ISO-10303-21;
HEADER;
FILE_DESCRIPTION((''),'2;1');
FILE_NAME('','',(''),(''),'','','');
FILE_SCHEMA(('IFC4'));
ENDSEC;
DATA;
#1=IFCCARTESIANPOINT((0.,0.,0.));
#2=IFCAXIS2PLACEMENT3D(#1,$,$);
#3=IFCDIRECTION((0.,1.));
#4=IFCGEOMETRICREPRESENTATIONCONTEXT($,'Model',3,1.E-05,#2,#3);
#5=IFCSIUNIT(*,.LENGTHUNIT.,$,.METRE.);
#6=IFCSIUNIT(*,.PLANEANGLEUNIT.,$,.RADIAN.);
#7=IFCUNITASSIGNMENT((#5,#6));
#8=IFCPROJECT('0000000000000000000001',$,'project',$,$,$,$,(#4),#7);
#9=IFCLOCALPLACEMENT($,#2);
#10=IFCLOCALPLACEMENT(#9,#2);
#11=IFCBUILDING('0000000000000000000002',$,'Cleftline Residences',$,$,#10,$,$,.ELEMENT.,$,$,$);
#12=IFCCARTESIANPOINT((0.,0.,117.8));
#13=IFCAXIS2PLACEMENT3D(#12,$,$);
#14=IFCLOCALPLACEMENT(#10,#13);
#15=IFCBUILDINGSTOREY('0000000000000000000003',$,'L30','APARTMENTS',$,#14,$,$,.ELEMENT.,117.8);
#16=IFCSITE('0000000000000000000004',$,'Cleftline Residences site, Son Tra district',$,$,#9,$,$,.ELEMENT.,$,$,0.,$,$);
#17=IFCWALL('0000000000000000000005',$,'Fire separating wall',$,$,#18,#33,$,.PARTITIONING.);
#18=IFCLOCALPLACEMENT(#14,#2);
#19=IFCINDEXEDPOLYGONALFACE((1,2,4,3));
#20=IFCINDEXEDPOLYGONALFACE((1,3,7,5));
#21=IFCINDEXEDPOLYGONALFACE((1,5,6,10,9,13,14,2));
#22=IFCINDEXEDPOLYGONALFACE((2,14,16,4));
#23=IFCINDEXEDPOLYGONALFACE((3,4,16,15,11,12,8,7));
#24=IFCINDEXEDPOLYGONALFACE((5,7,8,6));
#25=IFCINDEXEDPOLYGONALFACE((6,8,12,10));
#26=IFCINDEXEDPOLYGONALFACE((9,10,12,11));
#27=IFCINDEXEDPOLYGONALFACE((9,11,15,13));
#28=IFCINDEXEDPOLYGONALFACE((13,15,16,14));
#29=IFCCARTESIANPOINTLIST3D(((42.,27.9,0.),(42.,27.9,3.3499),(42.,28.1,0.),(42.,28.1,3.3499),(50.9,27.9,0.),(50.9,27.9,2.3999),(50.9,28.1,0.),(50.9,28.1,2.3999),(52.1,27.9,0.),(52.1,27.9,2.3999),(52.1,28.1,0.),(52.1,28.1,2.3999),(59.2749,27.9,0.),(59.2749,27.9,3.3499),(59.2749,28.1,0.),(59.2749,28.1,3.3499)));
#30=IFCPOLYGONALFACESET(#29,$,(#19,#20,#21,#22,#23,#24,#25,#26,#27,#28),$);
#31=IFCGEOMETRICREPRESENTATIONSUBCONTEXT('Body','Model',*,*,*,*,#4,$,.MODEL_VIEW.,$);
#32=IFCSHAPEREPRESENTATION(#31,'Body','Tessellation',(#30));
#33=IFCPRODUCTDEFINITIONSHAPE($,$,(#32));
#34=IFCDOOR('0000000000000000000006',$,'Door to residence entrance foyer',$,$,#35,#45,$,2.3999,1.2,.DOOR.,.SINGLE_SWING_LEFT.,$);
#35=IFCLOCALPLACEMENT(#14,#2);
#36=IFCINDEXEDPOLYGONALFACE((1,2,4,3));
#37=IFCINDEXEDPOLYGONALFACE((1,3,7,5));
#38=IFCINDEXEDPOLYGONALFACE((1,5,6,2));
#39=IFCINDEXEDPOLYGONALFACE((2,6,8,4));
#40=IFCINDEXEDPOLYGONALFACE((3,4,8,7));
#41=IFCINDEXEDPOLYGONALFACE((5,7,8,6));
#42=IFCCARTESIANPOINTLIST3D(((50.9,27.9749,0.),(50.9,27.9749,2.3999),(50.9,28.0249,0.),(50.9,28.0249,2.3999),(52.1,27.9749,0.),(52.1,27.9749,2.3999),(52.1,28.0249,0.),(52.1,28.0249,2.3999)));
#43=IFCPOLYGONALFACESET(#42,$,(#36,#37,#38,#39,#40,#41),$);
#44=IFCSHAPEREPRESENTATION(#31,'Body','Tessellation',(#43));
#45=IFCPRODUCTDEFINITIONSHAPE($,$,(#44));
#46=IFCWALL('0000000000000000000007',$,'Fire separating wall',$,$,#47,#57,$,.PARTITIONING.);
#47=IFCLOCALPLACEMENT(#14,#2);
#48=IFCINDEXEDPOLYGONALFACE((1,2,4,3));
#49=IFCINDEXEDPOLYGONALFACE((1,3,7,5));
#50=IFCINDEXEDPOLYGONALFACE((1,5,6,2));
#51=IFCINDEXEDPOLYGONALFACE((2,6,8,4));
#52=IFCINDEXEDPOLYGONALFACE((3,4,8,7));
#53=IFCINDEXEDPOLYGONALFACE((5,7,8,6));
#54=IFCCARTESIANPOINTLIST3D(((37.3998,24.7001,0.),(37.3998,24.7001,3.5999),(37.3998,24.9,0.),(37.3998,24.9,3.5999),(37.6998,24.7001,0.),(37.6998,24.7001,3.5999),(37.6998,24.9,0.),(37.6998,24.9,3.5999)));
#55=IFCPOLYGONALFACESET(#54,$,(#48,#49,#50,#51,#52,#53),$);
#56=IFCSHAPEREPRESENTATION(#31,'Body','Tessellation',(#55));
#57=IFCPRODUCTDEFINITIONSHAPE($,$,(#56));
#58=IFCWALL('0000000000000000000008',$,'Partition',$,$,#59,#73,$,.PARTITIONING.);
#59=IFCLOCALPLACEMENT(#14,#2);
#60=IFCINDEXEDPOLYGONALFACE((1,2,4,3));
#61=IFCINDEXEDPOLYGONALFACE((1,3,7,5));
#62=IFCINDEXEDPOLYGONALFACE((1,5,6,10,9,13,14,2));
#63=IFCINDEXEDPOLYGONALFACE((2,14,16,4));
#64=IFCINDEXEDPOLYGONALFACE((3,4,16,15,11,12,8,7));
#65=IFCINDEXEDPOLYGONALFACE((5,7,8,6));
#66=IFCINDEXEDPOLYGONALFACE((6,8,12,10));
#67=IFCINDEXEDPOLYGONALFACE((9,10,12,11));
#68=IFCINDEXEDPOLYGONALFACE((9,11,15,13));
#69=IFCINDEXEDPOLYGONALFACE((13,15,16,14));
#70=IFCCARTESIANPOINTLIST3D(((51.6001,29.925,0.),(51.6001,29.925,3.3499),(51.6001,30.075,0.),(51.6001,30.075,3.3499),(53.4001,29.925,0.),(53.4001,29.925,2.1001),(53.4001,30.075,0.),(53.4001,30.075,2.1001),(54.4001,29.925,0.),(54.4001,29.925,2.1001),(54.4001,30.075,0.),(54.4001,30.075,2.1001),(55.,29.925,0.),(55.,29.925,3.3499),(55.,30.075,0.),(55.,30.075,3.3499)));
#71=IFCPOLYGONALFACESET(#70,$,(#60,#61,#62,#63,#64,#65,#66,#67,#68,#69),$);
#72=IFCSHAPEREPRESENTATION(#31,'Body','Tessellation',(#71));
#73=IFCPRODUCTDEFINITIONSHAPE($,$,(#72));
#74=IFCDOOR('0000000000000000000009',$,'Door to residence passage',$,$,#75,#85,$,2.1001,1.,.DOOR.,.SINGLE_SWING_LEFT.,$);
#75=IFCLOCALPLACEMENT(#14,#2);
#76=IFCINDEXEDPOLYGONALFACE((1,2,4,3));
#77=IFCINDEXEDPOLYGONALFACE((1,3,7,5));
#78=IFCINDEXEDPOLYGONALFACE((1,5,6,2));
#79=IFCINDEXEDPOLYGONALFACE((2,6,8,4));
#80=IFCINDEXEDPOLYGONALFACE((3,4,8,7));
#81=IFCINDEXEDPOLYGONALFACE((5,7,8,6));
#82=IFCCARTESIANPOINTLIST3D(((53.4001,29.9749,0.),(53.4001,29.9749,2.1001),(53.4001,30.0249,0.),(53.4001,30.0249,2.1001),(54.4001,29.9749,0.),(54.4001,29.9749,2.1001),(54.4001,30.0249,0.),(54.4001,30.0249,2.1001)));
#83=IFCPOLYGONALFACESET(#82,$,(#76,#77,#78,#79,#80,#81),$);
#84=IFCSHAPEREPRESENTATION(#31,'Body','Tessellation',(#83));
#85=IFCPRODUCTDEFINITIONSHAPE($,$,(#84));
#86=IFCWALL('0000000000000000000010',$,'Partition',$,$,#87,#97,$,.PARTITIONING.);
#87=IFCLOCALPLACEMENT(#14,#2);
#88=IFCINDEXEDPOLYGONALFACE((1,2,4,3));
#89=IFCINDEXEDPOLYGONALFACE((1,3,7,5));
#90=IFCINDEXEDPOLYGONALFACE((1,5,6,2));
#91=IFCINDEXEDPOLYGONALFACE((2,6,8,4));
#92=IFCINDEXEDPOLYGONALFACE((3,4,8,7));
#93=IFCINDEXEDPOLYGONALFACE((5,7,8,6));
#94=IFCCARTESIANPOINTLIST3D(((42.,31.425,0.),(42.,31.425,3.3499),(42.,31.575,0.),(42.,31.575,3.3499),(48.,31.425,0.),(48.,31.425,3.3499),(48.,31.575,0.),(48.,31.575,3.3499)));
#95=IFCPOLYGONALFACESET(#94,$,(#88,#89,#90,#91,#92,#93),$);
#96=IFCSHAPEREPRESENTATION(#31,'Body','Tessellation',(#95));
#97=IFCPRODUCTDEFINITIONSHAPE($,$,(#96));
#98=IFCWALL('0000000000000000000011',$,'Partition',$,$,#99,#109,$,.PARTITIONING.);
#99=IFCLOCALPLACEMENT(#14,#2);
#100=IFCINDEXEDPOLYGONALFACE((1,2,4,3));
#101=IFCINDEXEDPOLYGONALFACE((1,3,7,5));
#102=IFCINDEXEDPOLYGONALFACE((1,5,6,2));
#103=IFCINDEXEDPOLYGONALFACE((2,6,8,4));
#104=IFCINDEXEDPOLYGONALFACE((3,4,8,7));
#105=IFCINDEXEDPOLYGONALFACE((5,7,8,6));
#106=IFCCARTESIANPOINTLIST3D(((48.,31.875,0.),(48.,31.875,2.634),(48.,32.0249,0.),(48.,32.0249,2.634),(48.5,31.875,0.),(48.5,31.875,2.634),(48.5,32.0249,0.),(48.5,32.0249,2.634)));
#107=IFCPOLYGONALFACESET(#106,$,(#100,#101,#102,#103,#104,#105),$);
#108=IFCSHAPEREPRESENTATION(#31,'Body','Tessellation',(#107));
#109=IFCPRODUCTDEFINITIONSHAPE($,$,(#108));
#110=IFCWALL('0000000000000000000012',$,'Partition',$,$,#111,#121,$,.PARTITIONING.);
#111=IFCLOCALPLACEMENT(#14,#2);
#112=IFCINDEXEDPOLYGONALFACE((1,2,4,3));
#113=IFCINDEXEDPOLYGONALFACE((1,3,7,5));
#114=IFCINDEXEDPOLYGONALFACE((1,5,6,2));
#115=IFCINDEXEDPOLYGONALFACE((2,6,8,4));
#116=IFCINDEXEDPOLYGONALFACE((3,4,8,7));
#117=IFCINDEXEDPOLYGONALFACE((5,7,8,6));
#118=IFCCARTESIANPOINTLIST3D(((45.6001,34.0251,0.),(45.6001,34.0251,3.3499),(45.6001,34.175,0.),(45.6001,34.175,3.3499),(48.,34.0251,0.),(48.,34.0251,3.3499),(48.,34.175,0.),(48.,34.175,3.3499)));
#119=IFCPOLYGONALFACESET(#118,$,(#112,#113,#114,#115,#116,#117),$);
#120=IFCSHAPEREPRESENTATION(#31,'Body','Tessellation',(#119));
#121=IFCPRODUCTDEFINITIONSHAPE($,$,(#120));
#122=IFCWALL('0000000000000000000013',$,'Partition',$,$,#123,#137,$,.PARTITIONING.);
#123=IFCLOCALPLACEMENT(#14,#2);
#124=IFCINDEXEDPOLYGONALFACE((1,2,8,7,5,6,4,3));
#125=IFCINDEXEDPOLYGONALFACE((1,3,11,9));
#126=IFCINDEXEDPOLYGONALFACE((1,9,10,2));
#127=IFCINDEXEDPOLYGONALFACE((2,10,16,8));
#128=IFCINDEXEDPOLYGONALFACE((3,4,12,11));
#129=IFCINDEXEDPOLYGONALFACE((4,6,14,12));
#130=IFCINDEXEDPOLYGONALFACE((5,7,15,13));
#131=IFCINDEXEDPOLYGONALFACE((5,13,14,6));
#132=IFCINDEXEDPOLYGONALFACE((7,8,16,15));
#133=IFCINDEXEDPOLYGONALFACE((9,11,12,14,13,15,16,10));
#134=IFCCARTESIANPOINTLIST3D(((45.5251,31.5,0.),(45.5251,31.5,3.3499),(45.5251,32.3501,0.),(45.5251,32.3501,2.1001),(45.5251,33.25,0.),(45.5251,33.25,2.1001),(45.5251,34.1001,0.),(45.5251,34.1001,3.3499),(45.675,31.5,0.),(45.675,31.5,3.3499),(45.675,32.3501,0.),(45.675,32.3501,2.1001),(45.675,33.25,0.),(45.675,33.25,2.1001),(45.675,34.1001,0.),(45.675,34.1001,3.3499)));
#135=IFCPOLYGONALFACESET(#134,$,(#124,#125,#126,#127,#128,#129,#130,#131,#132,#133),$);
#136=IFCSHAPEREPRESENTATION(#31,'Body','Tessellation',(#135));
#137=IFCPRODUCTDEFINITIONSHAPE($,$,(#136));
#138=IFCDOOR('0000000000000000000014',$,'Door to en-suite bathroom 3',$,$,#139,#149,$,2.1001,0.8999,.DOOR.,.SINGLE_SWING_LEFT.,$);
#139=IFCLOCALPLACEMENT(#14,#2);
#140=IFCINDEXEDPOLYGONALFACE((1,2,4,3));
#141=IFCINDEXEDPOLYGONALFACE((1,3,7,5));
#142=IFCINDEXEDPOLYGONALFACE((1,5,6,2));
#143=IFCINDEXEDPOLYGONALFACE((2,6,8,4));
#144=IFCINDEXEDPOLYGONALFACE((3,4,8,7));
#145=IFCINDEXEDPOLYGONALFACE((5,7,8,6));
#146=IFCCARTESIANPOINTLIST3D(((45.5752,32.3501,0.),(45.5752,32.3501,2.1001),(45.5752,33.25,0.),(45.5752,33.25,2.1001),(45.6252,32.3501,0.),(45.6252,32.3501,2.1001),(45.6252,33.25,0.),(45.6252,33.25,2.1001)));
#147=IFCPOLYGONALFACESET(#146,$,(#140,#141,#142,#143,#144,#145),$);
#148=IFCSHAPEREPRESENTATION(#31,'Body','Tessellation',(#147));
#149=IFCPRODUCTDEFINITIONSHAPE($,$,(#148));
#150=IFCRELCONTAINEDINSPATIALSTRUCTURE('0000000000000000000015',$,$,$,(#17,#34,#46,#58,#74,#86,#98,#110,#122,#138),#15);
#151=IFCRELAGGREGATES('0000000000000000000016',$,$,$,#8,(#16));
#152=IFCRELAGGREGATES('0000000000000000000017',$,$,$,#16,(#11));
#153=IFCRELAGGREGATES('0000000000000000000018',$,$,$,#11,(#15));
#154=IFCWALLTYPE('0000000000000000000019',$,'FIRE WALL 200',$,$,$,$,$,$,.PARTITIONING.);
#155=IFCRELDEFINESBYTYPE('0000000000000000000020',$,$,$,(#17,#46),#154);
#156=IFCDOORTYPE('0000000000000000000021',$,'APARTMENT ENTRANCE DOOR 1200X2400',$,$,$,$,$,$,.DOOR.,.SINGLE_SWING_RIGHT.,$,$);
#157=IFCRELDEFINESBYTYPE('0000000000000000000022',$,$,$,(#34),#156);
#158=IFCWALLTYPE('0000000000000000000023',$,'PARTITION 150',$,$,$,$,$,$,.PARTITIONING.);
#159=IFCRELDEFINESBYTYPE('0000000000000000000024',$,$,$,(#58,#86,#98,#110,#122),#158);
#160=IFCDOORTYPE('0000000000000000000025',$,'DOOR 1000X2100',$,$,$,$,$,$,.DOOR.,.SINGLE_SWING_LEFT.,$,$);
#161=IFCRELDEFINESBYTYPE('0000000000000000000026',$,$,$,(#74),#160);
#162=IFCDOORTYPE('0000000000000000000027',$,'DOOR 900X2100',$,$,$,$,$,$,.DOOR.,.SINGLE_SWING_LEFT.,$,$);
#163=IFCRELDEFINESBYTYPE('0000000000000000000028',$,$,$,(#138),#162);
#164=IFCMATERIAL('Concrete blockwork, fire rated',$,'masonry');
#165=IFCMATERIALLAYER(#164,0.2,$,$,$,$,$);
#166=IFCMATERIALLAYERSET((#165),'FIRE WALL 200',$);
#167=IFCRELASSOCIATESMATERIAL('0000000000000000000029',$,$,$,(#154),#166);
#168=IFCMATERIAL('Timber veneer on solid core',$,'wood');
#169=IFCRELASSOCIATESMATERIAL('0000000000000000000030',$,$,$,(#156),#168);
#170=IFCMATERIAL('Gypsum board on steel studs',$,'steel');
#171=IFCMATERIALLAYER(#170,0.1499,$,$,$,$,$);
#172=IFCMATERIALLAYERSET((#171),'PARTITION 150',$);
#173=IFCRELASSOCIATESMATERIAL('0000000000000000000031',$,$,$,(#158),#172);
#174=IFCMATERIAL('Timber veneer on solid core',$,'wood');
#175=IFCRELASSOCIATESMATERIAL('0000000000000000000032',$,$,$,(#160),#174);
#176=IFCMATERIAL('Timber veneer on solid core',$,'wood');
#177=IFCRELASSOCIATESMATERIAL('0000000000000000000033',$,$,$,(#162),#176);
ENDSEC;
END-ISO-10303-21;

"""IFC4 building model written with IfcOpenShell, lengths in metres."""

from ifc_helpers import new_model, si_unit, direction, frame, frame_2d, origin, place, context, subcontext, project, spatial, rectangle, extrude, material, layer, layer_set, type_object, element, fill, save


model = new_model("IFC4")

# Units and contexts
model_context = context("Model", 3, precision=1e-05, world=origin(), true_north=direction((0.0, 1.0)))
body_context = subcontext(model_context, "Body", "Model", "MODEL_VIEW")
ifc_project = project(units=[si_unit("LENGTHUNIT", "METRE"), si_unit("PLANEANGLEUNIT", "RADIAN")], contexts=[model_context])

# Site, building, storey
site_placement = place(None, origin())
site = spatial("IfcSite", under=ifc_project, at=site_placement, Name="Cleftline Residences site, Son Tra district", CompositionType="ELEMENT", RefElevation=0.0)
building_placement = place(site_placement, origin())
building = spatial("IfcBuilding", under=site, at=building_placement, Name="Cleftline Residences", CompositionType="ELEMENT")
storey_placement = place(building_placement, frame((0.0, 0.0, 117.8)))
storey = spatial("IfcBuildingStorey", under=building, at=storey_placement, Name="L30", Description="APARTMENTS", CompositionType="ELEMENT", Elevation=117.8)

# Wall, opening, door
ifc_material_1 = material(Name="Concrete blockwork, fire rated", Category="masonry")
ifc_layer_1 = layer(ifc_material_1, 0.2)
ifc_layer_set_1 = layer_set([ifc_layer_1], Name="FIRE WALL 200")
wall_type_1 = type_object("IfcWallType", Name="FIRE WALL 200", PredefinedType="PARTITIONING", material=ifc_layer_set_1)
wall_1_placement = place(storey_placement, frame((42.0, 28.0, 0.0), z_axis=(0.0, 0.0, 1.0), x_axis=(1.0, 0.0, 0.0)))
wall_1 = element("IfcWall", 1, at=wall_1_placement, inside=storey, type_object=wall_type_1, Name="Fire separating wall", PredefinedType="PARTITIONING", context=body_context, shape_type="SweptSolid", body=[
    extrude(rectangle(XDim=17.2749, YDim=0.2, at=frame_2d((8.6375, 0.0))), origin(), (0.0, 0.0, 1.0), 3.3499),
])
opening_1_placement = place(wall_1_placement, frame((8.8999, 0.0, 0.0)))
opening_1 = element("IfcOpeningElement", 2, at=opening_1_placement, cuts=wall_1, PredefinedType="OPENING", context=body_context, shape_type="SweptSolid", body=[
    extrude(rectangle(XDim=1.2, YDim=2.3999, at=frame_2d((0.6001, 1.2))), frame((0.0, 0.1099, 0.0), z_axis=(0.0, -1.0, 0.0), x_axis=(1.0, 0.0, 0.0)), (0.0, 0.0, 1.0), 0.22),
])
ifc_material_2 = material(Name="Timber veneer on solid core", Category="wood")
door_type_1 = type_object("IfcDoorType", Name="APARTMENT ENTRANCE DOOR 1200X2400", OperationType="SINGLE_SWING_RIGHT", PredefinedType="DOOR", material=ifc_material_2)
door_1_placement = place(opening_1_placement, origin())
door_1 = element("IfcDoor", 3, at=door_1_placement, inside=storey, type_object=door_type_1, Name="Door to residence entrance foyer", OperationType="SINGLE_SWING_LEFT", OverallHeight=2.3999, OverallWidth=1.2, PredefinedType="DOOR", context=body_context, shape_type="SweptSolid", body=[
    extrude(rectangle(XDim=1.2, YDim=2.3999, at=frame_2d((0.6001, 1.2))), frame((0.0, 0.0249, 0.0), z_axis=(0.0, -1.0, 0.0), x_axis=(1.0, 0.0, 0.0)), (0.0, 0.0, 1.0), 0.05),
])
fill(opening_1, door_1)

# Wall
wall_2_placement = place(storey_placement, frame((37.3999, 24.8, 0.0), z_axis=(0.0, 0.0, 1.0), x_axis=(1.0, 0.0, 0.0)))
element("IfcWall", 4, at=wall_2_placement, inside=storey, type_object=wall_type_1, Name="Fire separating wall", PredefinedType="PARTITIONING", context=body_context, shape_type="SweptSolid", body=[
    extrude(rectangle(XDim=0.3, YDim=0.2, at=frame_2d((0.1499, 0.0))), origin(), (0.0, 0.0, 1.0), 3.5999),
])

# Wall, opening, door
ifc_material_3 = material(Name="Gypsum board on steel studs", Category="steel")
ifc_layer_2 = layer(ifc_material_3, 0.1499)
ifc_layer_set_2 = layer_set([ifc_layer_2], Name="PARTITION 150")
wall_type_2 = type_object("IfcWallType", Name="PARTITION 150", PredefinedType="PARTITIONING", material=ifc_layer_set_2)
wall_3_placement = place(storey_placement, frame((51.6001, 30.0, 0.0), z_axis=(0.0, 0.0, 1.0), x_axis=(1.0, 0.0, 0.0)))
wall_3 = element("IfcWall", 5, at=wall_3_placement, inside=storey, type_object=wall_type_2, Name="Partition", PredefinedType="PARTITIONING", context=body_context, shape_type="SweptSolid", body=[
    extrude(rectangle(XDim=3.3999, YDim=0.1499, at=frame_2d((1.7, 0.0))), origin(), (0.0, 0.0, 1.0), 3.3499),
])
opening_2_placement = place(wall_3_placement, frame((1.8, 0.0, 0.0)))
opening_2 = element("IfcOpeningElement", 6, at=opening_2_placement, cuts=wall_3, PredefinedType="OPENING", context=body_context, shape_type="SweptSolid", body=[
    extrude(rectangle(XDim=1.0, YDim=2.1001, at=frame_2d((0.5, 1.05))), frame((0.0, 0.085, 0.0), z_axis=(0.0, -1.0, 0.0), x_axis=(1.0, 0.0, 0.0)), (0.0, 0.0, 1.0), 0.1699),
])
ifc_material_4 = material(Name="Timber veneer on solid core", Category="wood")
door_type_2 = type_object("IfcDoorType", Name="DOOR 1000X2100", OperationType="SINGLE_SWING_LEFT", PredefinedType="DOOR", material=ifc_material_4)
door_2_placement = place(opening_2_placement, origin())
door_2 = element("IfcDoor", 7, at=door_2_placement, inside=storey, type_object=door_type_2, Name="Door to residence passage", OperationType="SINGLE_SWING_LEFT", OverallHeight=2.1001, OverallWidth=1.0, PredefinedType="DOOR", context=body_context, shape_type="SweptSolid", body=[
    extrude(rectangle(XDim=1.0, YDim=2.1001, at=frame_2d((0.5, 1.05))), frame((0.0, 0.0249, 0.0), z_axis=(0.0, -1.0, 0.0), x_axis=(1.0, 0.0, 0.0)), (0.0, 0.0, 1.0), 0.05),
])
fill(opening_2, door_2)

# Walls
wall_4_placement = place(storey_placement, frame((42.0, 31.5, 0.0), z_axis=(0.0, 0.0, 1.0), x_axis=(1.0, 0.0, 0.0)))
element("IfcWall", 8, at=wall_4_placement, inside=storey, type_object=wall_type_2, Name="Partition", PredefinedType="PARTITIONING", context=body_context, shape_type="SweptSolid", body=[
    extrude(rectangle(XDim=6.0, YDim=0.1499, at=frame_2d((3.0, 0.0))), origin(), (0.0, 0.0, 1.0), 3.3499),
])
wall_5_placement = place(storey_placement, frame((48.0, 31.95, 0.0), z_axis=(0.0, 0.0, 1.0), x_axis=(1.0, 0.0, 0.0)))
element("IfcWall", 9, at=wall_5_placement, inside=storey, type_object=wall_type_2, Name="Partition", PredefinedType="PARTITIONING", context=body_context, shape_type="SweptSolid", body=[
    extrude(rectangle(XDim=0.5, YDim=0.1499, at=frame_2d((0.25, 0.0))), origin(), (0.0, 0.0, 1.0), 2.634),
])
wall_6_placement = place(storey_placement, frame((45.6001, 34.1001, 0.0), z_axis=(0.0, 0.0, 1.0), x_axis=(1.0, 0.0, 0.0)))
element("IfcWall", 10, at=wall_6_placement, inside=storey, type_object=wall_type_2, Name="Partition", PredefinedType="PARTITIONING", context=body_context, shape_type="SweptSolid", body=[
    extrude(rectangle(XDim=2.3999, YDim=0.1499, at=frame_2d((1.2, 0.0))), origin(), (0.0, 0.0, 1.0), 3.3499),
])

# Wall, opening, door
wall_7_placement = place(storey_placement, frame((45.6001, 31.5, 0.0), z_axis=(0.0, 0.0, 1.0), x_axis=(0.0, 1.0, 0.0)))
wall_7 = element("IfcWall", 11, at=wall_7_placement, inside=storey, type_object=wall_type_2, Name="Partition", PredefinedType="PARTITIONING", context=body_context, shape_type="SweptSolid", body=[
    extrude(rectangle(XDim=2.6001, YDim=0.1499, at=frame_2d((1.3, 0.0))), origin(), (0.0, 0.0, 1.0), 3.3499),
])
opening_3_placement = place(wall_7_placement, frame((0.8501, 0.0, 0.0)))
opening_3 = element("IfcOpeningElement", 12, at=opening_3_placement, cuts=wall_7, PredefinedType="OPENING", context=body_context, shape_type="SweptSolid", body=[
    extrude(rectangle(XDim=0.8999, YDim=2.1001, at=frame_2d((0.45, 1.05))), frame((0.0, 0.085, 0.0), z_axis=(0.0, -1.0, 0.0), x_axis=(1.0, 0.0, 0.0)), (0.0, 0.0, 1.0), 0.1699),
])
ifc_material_5 = material(Name="Timber veneer on solid core", Category="wood")
door_type_3 = type_object("IfcDoorType", Name="DOOR 900X2100", OperationType="SINGLE_SWING_LEFT", PredefinedType="DOOR", material=ifc_material_5)
door_3_placement = place(opening_3_placement, origin())
door_3 = element("IfcDoor", 13, at=door_3_placement, inside=storey, type_object=door_type_3, Name="Door to en-suite bathroom 3", OperationType="SINGLE_SWING_LEFT", OverallHeight=2.1001, OverallWidth=0.8999, PredefinedType="DOOR", context=body_context, shape_type="SweptSolid", body=[
    extrude(rectangle(XDim=0.8999, YDim=2.1001, at=frame_2d((0.45, 1.05))), frame((0.0, 0.0249, 0.0), z_axis=(0.0, -1.0, 0.0), x_axis=(1.0, 0.0, 0.0)), (0.0, 0.0, 1.0), 0.05),
])
fill(opening_3, door_3)

save(model, "model.ifc")
